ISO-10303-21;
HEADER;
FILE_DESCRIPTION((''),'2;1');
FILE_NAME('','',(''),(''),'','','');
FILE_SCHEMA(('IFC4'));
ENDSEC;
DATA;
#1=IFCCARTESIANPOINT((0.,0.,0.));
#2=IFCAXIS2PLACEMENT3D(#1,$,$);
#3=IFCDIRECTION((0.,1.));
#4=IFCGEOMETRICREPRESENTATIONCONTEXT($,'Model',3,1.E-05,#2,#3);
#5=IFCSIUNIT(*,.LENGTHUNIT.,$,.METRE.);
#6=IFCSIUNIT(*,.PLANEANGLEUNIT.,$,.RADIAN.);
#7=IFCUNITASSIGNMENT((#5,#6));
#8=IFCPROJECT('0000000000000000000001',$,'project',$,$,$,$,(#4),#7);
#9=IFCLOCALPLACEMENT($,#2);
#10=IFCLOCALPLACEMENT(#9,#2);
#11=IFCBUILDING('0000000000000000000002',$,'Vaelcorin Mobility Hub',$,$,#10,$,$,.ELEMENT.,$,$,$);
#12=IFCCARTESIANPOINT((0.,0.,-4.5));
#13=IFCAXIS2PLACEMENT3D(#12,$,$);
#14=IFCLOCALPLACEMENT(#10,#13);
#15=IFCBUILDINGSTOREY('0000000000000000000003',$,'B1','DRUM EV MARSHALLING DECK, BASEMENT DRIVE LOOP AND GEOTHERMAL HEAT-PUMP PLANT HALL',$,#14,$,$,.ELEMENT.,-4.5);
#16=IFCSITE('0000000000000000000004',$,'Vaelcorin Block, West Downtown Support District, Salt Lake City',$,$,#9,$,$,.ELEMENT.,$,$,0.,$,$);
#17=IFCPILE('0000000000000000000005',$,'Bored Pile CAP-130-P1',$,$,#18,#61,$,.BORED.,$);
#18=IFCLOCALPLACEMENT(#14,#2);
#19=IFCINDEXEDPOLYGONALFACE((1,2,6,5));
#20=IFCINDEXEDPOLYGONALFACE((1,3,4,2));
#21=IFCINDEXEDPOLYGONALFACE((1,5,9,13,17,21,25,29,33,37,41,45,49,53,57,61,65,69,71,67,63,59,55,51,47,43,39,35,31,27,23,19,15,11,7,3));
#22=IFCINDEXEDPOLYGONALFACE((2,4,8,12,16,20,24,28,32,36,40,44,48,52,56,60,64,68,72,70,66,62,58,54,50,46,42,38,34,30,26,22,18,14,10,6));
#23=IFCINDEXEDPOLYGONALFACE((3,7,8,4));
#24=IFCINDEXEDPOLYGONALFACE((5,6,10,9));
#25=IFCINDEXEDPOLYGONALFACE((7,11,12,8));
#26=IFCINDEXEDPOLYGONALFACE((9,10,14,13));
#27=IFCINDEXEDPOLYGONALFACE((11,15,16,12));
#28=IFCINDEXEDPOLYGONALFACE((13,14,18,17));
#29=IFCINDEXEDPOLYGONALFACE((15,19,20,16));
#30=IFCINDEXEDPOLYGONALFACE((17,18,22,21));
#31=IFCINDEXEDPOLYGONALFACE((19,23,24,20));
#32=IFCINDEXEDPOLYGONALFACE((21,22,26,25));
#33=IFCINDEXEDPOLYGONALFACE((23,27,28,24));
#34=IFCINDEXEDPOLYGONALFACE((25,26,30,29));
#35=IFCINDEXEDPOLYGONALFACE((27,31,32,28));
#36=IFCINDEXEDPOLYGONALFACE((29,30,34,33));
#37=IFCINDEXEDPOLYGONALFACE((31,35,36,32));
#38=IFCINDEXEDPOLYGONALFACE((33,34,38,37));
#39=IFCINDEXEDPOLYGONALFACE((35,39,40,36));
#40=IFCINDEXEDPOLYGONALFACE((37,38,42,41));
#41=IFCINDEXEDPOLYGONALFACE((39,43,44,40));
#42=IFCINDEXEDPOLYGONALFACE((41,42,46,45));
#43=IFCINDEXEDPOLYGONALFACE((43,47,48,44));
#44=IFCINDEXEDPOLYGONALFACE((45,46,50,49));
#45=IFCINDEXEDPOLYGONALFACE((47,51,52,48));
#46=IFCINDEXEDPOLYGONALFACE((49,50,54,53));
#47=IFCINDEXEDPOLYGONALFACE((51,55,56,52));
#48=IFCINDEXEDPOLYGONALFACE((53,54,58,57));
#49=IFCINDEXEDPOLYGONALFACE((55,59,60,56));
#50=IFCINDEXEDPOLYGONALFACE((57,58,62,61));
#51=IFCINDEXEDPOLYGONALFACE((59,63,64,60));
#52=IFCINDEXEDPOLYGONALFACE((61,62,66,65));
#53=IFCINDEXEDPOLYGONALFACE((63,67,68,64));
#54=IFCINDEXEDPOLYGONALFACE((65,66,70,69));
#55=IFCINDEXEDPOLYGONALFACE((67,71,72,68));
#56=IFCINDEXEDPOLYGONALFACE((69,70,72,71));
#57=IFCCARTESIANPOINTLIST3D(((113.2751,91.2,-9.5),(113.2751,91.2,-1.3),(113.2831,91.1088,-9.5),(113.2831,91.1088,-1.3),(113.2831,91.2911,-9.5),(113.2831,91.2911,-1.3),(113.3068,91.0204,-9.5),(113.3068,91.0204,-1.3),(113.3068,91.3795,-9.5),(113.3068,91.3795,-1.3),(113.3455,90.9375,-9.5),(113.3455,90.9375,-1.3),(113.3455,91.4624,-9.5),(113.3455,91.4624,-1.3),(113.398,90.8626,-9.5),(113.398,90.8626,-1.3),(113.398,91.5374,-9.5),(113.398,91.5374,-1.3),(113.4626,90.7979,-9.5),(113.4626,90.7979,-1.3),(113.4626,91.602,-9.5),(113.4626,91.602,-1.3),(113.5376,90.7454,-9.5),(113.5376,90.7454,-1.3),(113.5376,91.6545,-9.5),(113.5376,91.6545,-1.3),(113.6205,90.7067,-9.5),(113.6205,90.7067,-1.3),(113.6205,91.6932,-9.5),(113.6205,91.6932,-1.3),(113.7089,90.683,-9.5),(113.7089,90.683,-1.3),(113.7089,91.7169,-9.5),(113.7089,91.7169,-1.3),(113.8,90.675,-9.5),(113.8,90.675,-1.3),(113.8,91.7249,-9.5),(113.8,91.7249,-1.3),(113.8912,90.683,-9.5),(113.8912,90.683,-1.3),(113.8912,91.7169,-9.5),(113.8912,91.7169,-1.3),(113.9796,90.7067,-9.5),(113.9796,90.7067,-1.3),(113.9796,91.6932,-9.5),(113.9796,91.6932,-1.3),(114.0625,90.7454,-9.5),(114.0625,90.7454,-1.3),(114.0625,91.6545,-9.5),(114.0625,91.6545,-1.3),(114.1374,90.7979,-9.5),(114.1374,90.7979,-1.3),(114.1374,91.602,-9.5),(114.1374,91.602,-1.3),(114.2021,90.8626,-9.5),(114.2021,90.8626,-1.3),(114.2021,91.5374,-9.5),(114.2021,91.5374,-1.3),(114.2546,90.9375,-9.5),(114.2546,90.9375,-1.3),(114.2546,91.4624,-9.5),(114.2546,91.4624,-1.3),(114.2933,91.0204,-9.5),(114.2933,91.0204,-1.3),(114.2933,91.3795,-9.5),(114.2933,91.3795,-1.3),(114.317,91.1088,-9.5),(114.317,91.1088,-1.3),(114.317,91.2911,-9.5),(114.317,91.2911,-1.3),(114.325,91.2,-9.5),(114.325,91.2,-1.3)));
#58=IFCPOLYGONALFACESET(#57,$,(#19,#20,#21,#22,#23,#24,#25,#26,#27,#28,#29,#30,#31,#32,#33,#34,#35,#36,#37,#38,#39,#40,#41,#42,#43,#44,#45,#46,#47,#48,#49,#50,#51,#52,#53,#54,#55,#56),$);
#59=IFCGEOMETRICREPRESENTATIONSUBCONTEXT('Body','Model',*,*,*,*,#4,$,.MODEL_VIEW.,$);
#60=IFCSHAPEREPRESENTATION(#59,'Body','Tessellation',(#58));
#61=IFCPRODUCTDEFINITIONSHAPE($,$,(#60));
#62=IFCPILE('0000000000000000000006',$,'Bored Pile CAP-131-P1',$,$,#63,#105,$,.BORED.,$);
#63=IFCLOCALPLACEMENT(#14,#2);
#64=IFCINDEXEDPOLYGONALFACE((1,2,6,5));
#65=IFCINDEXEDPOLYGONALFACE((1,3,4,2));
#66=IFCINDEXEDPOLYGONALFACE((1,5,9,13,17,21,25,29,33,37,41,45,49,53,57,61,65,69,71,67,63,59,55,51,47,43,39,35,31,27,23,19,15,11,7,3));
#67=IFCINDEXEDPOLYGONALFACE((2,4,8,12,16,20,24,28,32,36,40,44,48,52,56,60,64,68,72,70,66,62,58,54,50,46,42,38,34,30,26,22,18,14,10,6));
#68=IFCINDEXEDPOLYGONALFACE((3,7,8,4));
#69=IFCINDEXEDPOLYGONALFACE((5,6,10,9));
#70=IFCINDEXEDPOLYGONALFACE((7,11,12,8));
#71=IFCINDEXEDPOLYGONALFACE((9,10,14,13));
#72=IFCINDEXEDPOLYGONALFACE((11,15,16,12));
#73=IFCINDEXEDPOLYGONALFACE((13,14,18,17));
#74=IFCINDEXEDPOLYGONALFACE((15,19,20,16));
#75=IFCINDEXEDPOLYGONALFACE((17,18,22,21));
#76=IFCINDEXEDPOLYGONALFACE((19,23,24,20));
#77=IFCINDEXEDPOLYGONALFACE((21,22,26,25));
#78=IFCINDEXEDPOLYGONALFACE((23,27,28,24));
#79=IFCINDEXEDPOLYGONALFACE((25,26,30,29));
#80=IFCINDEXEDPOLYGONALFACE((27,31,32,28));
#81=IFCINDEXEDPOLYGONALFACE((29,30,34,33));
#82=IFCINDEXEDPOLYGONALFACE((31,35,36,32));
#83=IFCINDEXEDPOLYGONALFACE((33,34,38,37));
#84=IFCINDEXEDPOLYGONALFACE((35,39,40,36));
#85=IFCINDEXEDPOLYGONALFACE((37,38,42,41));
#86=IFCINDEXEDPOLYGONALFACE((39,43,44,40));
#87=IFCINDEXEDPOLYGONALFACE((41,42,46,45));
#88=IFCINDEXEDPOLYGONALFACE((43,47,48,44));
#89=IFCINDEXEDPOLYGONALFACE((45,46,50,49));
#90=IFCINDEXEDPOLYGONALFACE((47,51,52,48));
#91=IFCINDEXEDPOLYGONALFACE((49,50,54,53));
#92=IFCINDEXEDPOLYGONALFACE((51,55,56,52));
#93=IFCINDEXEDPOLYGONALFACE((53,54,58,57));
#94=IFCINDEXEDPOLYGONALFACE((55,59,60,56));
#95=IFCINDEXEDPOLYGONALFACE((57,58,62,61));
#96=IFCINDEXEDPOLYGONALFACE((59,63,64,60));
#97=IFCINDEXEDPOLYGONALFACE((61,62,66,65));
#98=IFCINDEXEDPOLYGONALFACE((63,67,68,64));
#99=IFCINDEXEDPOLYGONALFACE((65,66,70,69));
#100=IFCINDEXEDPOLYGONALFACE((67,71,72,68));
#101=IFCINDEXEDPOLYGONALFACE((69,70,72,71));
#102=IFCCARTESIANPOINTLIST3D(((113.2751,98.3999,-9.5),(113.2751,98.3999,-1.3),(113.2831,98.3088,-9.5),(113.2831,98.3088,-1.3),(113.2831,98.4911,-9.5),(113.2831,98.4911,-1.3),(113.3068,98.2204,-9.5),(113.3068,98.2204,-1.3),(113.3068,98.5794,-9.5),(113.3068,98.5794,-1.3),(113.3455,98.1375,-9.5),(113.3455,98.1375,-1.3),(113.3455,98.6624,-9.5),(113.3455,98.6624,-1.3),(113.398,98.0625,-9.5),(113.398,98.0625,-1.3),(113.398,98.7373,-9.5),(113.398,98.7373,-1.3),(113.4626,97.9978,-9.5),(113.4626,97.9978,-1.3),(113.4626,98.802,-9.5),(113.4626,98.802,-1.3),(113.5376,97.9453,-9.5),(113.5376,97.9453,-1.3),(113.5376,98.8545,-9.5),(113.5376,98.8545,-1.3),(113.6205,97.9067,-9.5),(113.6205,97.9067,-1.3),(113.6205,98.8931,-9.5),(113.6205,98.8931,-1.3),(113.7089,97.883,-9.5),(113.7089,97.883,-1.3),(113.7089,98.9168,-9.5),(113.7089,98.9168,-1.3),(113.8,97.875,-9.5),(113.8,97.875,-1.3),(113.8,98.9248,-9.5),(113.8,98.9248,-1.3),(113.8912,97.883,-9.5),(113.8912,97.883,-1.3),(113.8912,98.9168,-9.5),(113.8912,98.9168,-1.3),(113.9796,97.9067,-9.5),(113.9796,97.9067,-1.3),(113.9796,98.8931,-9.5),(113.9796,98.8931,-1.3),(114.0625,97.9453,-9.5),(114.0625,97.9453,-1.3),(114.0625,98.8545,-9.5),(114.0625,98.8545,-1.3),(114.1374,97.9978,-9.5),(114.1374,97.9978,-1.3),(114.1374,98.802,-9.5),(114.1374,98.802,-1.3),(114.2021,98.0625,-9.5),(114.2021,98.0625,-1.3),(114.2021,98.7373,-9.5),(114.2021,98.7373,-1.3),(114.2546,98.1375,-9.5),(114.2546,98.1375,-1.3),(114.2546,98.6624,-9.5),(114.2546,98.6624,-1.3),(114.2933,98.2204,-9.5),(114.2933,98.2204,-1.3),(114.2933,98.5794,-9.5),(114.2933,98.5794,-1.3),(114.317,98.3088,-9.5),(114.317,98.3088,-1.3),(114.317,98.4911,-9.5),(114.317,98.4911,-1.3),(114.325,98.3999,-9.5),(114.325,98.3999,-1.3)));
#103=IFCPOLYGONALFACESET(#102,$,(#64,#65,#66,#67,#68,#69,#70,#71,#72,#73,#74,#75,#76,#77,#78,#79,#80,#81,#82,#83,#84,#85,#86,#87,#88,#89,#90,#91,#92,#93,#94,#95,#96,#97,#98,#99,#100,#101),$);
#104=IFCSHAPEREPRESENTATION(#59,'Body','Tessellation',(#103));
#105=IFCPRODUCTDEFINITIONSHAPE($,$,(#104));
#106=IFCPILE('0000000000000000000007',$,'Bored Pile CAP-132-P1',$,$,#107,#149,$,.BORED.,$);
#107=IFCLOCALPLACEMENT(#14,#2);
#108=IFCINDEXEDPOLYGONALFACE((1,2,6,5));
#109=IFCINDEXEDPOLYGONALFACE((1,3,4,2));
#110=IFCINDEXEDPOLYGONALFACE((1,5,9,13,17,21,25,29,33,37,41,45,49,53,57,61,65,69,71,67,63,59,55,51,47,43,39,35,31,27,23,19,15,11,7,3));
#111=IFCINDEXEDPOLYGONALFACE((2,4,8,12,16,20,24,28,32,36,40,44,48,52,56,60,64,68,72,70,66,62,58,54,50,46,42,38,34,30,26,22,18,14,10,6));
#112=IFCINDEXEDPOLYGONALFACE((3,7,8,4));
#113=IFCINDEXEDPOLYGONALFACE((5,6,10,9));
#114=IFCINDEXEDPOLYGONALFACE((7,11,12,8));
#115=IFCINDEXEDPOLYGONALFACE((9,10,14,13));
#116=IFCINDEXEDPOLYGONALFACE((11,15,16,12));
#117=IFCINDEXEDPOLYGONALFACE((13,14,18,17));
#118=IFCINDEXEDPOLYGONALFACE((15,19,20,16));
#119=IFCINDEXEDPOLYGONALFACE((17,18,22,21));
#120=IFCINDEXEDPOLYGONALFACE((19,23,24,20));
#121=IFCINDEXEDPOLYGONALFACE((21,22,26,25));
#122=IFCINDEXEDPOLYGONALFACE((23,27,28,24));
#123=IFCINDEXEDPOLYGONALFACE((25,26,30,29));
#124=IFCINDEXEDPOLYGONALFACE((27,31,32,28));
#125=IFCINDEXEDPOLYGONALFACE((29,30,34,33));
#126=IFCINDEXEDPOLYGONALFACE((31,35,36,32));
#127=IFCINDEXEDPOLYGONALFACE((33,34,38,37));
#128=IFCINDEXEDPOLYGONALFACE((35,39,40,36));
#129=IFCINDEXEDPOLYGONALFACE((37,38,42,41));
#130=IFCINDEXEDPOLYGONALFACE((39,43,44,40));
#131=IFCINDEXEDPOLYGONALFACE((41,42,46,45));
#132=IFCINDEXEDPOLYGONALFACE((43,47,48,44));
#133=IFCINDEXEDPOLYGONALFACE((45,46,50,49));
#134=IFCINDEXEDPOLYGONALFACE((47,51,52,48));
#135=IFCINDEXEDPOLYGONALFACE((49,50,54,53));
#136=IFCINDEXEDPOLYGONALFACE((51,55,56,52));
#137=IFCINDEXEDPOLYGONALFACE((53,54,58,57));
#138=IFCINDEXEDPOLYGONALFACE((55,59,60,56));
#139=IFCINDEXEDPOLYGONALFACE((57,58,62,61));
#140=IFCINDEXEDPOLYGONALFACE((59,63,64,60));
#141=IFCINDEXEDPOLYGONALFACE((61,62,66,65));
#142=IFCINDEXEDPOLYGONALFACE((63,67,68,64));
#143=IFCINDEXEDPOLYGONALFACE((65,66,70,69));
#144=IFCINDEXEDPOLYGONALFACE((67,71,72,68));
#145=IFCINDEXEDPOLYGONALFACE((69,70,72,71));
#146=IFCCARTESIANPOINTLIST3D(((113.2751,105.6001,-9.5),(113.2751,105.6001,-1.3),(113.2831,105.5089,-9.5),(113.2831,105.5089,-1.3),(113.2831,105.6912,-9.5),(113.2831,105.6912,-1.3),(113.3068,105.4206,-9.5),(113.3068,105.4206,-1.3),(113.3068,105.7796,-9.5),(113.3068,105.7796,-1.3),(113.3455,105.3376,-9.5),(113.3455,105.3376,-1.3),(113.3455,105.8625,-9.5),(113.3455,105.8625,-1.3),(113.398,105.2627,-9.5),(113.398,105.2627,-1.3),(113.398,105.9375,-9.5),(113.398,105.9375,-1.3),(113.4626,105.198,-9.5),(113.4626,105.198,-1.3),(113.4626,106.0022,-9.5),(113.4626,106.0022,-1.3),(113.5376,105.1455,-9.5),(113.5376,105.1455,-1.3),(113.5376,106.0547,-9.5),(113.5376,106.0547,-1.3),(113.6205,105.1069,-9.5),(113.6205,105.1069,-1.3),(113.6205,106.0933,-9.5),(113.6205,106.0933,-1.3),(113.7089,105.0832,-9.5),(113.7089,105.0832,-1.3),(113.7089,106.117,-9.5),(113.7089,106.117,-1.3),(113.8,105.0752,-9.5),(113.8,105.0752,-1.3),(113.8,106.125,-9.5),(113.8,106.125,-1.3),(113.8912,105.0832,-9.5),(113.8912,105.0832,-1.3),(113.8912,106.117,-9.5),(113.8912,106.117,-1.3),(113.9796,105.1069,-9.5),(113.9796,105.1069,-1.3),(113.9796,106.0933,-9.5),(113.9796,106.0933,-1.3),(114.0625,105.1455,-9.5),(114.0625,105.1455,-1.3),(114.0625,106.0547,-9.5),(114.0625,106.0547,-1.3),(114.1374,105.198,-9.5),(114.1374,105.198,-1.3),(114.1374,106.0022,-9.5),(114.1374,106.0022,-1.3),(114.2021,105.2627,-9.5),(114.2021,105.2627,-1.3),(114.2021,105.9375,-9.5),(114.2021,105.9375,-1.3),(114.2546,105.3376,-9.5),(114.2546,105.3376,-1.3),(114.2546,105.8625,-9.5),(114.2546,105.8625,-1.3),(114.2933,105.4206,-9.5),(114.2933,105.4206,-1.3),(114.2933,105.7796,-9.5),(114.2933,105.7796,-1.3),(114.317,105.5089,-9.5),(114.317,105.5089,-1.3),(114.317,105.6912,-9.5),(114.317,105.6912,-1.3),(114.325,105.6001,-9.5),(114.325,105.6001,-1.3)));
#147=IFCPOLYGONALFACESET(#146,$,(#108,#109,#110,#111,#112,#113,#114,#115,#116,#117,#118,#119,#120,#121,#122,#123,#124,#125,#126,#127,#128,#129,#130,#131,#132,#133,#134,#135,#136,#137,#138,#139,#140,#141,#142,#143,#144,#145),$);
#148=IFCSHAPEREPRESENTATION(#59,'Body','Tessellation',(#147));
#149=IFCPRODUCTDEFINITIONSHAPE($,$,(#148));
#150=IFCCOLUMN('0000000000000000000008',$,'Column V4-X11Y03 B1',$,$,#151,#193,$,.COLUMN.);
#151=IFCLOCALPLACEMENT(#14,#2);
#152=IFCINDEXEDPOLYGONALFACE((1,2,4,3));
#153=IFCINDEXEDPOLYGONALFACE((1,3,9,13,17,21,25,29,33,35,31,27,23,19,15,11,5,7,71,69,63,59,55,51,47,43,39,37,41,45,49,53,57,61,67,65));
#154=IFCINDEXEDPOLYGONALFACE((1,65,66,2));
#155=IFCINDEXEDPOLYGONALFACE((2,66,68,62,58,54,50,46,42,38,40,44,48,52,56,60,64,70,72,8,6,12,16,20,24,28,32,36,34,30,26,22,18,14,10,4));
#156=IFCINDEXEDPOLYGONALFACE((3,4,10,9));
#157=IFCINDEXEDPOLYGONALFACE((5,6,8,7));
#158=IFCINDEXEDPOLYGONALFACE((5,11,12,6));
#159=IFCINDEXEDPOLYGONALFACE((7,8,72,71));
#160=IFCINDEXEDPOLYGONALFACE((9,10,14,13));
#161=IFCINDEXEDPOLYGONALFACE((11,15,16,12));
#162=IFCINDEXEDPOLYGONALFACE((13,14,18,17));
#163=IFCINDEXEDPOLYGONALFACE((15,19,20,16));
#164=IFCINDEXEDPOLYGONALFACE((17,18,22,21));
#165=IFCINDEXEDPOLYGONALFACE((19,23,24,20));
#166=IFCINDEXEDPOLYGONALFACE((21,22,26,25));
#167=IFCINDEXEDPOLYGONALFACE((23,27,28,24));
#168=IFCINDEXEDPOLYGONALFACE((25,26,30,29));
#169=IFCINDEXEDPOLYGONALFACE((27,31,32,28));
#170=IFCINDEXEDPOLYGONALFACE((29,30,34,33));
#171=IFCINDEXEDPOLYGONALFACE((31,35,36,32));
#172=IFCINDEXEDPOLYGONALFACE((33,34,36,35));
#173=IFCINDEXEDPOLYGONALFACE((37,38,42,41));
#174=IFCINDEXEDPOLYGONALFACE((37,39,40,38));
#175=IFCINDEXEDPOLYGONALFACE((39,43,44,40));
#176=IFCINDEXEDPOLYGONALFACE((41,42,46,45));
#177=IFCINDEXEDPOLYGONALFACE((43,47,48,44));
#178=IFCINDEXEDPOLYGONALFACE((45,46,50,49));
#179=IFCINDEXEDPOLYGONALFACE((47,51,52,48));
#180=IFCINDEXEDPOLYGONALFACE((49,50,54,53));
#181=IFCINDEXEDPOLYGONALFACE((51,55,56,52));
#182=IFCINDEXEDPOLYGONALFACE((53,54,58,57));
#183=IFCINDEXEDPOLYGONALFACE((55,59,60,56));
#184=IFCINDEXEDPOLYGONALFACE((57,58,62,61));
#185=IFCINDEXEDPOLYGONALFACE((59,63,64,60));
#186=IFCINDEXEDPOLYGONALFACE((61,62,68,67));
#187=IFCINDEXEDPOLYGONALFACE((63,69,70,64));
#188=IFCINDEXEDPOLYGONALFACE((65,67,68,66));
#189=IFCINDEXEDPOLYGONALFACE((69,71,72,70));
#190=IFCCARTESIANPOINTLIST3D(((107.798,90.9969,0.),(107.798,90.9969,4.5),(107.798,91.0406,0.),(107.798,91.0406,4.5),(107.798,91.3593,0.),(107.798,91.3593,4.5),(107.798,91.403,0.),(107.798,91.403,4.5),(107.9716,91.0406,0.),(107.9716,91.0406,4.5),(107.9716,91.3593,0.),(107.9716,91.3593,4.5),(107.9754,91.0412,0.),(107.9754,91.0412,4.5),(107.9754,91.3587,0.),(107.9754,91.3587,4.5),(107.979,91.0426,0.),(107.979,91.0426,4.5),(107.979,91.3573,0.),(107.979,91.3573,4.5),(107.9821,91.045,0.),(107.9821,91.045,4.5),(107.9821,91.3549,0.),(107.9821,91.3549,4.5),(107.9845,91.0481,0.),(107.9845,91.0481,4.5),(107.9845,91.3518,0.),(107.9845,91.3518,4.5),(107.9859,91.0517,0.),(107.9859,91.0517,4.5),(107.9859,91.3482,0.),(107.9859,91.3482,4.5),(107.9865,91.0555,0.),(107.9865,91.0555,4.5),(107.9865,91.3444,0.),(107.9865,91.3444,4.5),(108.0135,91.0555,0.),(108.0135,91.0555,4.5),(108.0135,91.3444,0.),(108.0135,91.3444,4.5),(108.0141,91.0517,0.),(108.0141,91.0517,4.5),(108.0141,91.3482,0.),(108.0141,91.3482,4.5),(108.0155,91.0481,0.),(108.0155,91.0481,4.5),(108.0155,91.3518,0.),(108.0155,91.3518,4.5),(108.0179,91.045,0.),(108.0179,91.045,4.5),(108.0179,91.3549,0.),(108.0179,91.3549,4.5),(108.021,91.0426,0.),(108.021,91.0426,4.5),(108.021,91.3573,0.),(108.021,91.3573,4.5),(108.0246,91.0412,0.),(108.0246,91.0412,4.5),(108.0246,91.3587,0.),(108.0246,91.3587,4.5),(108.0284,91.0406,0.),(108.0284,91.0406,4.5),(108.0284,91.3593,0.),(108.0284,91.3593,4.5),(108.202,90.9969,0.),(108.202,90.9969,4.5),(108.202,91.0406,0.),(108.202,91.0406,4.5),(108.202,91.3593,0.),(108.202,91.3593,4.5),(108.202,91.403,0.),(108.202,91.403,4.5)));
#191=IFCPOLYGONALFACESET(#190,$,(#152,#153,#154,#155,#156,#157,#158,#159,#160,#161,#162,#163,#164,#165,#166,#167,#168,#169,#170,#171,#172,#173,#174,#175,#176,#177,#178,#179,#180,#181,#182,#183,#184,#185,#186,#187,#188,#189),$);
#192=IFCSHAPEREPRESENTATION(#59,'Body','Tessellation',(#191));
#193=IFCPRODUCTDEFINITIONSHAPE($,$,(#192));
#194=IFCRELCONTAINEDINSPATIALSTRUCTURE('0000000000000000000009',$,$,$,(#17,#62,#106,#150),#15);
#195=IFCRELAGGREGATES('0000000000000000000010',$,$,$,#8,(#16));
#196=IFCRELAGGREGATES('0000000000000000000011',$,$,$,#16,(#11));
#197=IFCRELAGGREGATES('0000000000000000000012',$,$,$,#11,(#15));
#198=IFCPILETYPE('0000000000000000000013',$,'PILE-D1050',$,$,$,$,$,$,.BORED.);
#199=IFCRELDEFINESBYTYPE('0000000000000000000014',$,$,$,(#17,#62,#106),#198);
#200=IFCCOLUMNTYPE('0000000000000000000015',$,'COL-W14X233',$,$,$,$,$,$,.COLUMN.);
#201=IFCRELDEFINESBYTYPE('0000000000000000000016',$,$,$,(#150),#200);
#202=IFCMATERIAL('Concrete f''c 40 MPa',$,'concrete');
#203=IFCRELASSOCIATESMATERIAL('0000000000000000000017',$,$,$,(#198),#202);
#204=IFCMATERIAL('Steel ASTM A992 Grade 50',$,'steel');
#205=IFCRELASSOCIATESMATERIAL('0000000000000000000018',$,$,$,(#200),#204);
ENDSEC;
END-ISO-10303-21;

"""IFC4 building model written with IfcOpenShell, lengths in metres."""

from ifc_helpers import new_model, si_unit, direction, frame, origin, origin_2d, place, context, subcontext, project, spatial, circle, i_section, extrude, material, material_profile, profile_set, type_object, element, save


model = new_model("IFC4")

# Units and contexts
model_context = context("Model", 3, precision=1e-05, world=origin(), true_north=direction((0.0, 1.0)))
body_context = subcontext(model_context, "Body", "Model", "MODEL_VIEW")
ifc_project = project(units=[si_unit("LENGTHUNIT", "METRE"), si_unit("PLANEANGLEUNIT", "RADIAN")], contexts=[model_context])

# Site, building, storey
site_placement = place(None, origin())
site = spatial("IfcSite", under=ifc_project, at=site_placement, Name="Vaelcorin Block, West Downtown Support District, Salt Lake City", CompositionType="ELEMENT", RefElevation=0.0)
building_placement = place(site_placement, origin())
building = spatial("IfcBuilding", under=site, at=building_placement, Name="Vaelcorin Mobility Hub", CompositionType="ELEMENT")
storey_placement = place(building_placement, frame((0.0, 0.0, -4.5)))
storey = spatial("IfcBuildingStorey", under=building, at=storey_placement, Name="B1", Description="DRUM EV MARSHALLING DECK, BASEMENT DRIVE LOOP AND GEOTHERMAL HEAT-PUMP PLANT HALL", CompositionType="ELEMENT", Elevation=-4.5)

# Shared definitions
ifc_material_1 = material(Name="Concrete f'c 40 MPa", Category="concrete")

# Piles
ifc_material_profile_1 = material_profile(ifc_material_1, circle(Radius=0.5249, at=origin_2d()), Name="BP-D1050")
ifc_profile_set_1 = profile_set([ifc_material_profile_1], Name="Concrete f'c 40 MPa")
pile_type = type_object("IfcPileType", Name="PILE-D1050", PredefinedType="BORED", material=ifc_profile_set_1)
for number, where, z_axis, x_axis, name in (
    (1, (113.8, 91.2, -1.3), (0.0, 0.0, -1.0), (1.0, 0.0, 0.0), "Bored Pile CAP-130-P1"),
    (2, (113.8, 98.3999, -1.3), (0.0, 0.0, -1.0), (1.0, 0.0, 0.0), "Bored Pile CAP-131-P1"),
    (3, (113.8, 105.6001, -1.3), (0.0, 0.0, -1.0), (1.0, 0.0, 0.0), "Bored Pile CAP-132-P1"),
):
    element("IfcPile", number, at=place(storey_placement, frame(where, z_axis=z_axis, x_axis=x_axis)), inside=storey, type_object=pile_type, Name=name, PredefinedType="BORED", context=body_context, shape_type="SweptSolid", body=[
        extrude(circle(Radius=0.5249, at=origin_2d()), origin(), (0.0, 0.0, 1.0), 8.2),
    ])

# Column
ifc_material_2 = material(Name="Steel ASTM A992 Grade 50", Category="steel")
ifc_material_profile_2 = material_profile(ifc_material_2, i_section(OverallWidth=0.4041, OverallDepth=0.406, WebThickness=0.0271, FlangeThickness=0.0437, FilletRadius=0.0149, at=origin_2d()), Name="W14X233")
ifc_profile_set_2 = profile_set([ifc_material_profile_2], Name="Steel ASTM A992 Grade 50")
column_type = type_object("IfcColumnType", Name="COL-W14X233", PredefinedType="COLUMN", material=ifc_profile_set_2)
for number, where, z_axis, x_axis, name in (
    (4, (108.0, 91.2, 0.0), (0.0, 0.0, 1.0), (1.0, 0.0, 0.0), "Column V4-X11Y03 B1"),
):
    element("IfcColumn", number, at=place(storey_placement, frame(where, z_axis=z_axis, x_axis=x_axis)), inside=storey, type_object=column_type, Name=name, PredefinedType="COLUMN", context=body_context, shape_type="SweptSolid", body=[
        extrude(i_section(OverallWidth=0.4041, OverallDepth=0.406, WebThickness=0.0271, FlangeThickness=0.0437, FilletRadius=0.0149, at=origin_2d()), origin(), (0.0, 0.0, 1.0), 4.5),
    ])

save(model, "model.ifc")
